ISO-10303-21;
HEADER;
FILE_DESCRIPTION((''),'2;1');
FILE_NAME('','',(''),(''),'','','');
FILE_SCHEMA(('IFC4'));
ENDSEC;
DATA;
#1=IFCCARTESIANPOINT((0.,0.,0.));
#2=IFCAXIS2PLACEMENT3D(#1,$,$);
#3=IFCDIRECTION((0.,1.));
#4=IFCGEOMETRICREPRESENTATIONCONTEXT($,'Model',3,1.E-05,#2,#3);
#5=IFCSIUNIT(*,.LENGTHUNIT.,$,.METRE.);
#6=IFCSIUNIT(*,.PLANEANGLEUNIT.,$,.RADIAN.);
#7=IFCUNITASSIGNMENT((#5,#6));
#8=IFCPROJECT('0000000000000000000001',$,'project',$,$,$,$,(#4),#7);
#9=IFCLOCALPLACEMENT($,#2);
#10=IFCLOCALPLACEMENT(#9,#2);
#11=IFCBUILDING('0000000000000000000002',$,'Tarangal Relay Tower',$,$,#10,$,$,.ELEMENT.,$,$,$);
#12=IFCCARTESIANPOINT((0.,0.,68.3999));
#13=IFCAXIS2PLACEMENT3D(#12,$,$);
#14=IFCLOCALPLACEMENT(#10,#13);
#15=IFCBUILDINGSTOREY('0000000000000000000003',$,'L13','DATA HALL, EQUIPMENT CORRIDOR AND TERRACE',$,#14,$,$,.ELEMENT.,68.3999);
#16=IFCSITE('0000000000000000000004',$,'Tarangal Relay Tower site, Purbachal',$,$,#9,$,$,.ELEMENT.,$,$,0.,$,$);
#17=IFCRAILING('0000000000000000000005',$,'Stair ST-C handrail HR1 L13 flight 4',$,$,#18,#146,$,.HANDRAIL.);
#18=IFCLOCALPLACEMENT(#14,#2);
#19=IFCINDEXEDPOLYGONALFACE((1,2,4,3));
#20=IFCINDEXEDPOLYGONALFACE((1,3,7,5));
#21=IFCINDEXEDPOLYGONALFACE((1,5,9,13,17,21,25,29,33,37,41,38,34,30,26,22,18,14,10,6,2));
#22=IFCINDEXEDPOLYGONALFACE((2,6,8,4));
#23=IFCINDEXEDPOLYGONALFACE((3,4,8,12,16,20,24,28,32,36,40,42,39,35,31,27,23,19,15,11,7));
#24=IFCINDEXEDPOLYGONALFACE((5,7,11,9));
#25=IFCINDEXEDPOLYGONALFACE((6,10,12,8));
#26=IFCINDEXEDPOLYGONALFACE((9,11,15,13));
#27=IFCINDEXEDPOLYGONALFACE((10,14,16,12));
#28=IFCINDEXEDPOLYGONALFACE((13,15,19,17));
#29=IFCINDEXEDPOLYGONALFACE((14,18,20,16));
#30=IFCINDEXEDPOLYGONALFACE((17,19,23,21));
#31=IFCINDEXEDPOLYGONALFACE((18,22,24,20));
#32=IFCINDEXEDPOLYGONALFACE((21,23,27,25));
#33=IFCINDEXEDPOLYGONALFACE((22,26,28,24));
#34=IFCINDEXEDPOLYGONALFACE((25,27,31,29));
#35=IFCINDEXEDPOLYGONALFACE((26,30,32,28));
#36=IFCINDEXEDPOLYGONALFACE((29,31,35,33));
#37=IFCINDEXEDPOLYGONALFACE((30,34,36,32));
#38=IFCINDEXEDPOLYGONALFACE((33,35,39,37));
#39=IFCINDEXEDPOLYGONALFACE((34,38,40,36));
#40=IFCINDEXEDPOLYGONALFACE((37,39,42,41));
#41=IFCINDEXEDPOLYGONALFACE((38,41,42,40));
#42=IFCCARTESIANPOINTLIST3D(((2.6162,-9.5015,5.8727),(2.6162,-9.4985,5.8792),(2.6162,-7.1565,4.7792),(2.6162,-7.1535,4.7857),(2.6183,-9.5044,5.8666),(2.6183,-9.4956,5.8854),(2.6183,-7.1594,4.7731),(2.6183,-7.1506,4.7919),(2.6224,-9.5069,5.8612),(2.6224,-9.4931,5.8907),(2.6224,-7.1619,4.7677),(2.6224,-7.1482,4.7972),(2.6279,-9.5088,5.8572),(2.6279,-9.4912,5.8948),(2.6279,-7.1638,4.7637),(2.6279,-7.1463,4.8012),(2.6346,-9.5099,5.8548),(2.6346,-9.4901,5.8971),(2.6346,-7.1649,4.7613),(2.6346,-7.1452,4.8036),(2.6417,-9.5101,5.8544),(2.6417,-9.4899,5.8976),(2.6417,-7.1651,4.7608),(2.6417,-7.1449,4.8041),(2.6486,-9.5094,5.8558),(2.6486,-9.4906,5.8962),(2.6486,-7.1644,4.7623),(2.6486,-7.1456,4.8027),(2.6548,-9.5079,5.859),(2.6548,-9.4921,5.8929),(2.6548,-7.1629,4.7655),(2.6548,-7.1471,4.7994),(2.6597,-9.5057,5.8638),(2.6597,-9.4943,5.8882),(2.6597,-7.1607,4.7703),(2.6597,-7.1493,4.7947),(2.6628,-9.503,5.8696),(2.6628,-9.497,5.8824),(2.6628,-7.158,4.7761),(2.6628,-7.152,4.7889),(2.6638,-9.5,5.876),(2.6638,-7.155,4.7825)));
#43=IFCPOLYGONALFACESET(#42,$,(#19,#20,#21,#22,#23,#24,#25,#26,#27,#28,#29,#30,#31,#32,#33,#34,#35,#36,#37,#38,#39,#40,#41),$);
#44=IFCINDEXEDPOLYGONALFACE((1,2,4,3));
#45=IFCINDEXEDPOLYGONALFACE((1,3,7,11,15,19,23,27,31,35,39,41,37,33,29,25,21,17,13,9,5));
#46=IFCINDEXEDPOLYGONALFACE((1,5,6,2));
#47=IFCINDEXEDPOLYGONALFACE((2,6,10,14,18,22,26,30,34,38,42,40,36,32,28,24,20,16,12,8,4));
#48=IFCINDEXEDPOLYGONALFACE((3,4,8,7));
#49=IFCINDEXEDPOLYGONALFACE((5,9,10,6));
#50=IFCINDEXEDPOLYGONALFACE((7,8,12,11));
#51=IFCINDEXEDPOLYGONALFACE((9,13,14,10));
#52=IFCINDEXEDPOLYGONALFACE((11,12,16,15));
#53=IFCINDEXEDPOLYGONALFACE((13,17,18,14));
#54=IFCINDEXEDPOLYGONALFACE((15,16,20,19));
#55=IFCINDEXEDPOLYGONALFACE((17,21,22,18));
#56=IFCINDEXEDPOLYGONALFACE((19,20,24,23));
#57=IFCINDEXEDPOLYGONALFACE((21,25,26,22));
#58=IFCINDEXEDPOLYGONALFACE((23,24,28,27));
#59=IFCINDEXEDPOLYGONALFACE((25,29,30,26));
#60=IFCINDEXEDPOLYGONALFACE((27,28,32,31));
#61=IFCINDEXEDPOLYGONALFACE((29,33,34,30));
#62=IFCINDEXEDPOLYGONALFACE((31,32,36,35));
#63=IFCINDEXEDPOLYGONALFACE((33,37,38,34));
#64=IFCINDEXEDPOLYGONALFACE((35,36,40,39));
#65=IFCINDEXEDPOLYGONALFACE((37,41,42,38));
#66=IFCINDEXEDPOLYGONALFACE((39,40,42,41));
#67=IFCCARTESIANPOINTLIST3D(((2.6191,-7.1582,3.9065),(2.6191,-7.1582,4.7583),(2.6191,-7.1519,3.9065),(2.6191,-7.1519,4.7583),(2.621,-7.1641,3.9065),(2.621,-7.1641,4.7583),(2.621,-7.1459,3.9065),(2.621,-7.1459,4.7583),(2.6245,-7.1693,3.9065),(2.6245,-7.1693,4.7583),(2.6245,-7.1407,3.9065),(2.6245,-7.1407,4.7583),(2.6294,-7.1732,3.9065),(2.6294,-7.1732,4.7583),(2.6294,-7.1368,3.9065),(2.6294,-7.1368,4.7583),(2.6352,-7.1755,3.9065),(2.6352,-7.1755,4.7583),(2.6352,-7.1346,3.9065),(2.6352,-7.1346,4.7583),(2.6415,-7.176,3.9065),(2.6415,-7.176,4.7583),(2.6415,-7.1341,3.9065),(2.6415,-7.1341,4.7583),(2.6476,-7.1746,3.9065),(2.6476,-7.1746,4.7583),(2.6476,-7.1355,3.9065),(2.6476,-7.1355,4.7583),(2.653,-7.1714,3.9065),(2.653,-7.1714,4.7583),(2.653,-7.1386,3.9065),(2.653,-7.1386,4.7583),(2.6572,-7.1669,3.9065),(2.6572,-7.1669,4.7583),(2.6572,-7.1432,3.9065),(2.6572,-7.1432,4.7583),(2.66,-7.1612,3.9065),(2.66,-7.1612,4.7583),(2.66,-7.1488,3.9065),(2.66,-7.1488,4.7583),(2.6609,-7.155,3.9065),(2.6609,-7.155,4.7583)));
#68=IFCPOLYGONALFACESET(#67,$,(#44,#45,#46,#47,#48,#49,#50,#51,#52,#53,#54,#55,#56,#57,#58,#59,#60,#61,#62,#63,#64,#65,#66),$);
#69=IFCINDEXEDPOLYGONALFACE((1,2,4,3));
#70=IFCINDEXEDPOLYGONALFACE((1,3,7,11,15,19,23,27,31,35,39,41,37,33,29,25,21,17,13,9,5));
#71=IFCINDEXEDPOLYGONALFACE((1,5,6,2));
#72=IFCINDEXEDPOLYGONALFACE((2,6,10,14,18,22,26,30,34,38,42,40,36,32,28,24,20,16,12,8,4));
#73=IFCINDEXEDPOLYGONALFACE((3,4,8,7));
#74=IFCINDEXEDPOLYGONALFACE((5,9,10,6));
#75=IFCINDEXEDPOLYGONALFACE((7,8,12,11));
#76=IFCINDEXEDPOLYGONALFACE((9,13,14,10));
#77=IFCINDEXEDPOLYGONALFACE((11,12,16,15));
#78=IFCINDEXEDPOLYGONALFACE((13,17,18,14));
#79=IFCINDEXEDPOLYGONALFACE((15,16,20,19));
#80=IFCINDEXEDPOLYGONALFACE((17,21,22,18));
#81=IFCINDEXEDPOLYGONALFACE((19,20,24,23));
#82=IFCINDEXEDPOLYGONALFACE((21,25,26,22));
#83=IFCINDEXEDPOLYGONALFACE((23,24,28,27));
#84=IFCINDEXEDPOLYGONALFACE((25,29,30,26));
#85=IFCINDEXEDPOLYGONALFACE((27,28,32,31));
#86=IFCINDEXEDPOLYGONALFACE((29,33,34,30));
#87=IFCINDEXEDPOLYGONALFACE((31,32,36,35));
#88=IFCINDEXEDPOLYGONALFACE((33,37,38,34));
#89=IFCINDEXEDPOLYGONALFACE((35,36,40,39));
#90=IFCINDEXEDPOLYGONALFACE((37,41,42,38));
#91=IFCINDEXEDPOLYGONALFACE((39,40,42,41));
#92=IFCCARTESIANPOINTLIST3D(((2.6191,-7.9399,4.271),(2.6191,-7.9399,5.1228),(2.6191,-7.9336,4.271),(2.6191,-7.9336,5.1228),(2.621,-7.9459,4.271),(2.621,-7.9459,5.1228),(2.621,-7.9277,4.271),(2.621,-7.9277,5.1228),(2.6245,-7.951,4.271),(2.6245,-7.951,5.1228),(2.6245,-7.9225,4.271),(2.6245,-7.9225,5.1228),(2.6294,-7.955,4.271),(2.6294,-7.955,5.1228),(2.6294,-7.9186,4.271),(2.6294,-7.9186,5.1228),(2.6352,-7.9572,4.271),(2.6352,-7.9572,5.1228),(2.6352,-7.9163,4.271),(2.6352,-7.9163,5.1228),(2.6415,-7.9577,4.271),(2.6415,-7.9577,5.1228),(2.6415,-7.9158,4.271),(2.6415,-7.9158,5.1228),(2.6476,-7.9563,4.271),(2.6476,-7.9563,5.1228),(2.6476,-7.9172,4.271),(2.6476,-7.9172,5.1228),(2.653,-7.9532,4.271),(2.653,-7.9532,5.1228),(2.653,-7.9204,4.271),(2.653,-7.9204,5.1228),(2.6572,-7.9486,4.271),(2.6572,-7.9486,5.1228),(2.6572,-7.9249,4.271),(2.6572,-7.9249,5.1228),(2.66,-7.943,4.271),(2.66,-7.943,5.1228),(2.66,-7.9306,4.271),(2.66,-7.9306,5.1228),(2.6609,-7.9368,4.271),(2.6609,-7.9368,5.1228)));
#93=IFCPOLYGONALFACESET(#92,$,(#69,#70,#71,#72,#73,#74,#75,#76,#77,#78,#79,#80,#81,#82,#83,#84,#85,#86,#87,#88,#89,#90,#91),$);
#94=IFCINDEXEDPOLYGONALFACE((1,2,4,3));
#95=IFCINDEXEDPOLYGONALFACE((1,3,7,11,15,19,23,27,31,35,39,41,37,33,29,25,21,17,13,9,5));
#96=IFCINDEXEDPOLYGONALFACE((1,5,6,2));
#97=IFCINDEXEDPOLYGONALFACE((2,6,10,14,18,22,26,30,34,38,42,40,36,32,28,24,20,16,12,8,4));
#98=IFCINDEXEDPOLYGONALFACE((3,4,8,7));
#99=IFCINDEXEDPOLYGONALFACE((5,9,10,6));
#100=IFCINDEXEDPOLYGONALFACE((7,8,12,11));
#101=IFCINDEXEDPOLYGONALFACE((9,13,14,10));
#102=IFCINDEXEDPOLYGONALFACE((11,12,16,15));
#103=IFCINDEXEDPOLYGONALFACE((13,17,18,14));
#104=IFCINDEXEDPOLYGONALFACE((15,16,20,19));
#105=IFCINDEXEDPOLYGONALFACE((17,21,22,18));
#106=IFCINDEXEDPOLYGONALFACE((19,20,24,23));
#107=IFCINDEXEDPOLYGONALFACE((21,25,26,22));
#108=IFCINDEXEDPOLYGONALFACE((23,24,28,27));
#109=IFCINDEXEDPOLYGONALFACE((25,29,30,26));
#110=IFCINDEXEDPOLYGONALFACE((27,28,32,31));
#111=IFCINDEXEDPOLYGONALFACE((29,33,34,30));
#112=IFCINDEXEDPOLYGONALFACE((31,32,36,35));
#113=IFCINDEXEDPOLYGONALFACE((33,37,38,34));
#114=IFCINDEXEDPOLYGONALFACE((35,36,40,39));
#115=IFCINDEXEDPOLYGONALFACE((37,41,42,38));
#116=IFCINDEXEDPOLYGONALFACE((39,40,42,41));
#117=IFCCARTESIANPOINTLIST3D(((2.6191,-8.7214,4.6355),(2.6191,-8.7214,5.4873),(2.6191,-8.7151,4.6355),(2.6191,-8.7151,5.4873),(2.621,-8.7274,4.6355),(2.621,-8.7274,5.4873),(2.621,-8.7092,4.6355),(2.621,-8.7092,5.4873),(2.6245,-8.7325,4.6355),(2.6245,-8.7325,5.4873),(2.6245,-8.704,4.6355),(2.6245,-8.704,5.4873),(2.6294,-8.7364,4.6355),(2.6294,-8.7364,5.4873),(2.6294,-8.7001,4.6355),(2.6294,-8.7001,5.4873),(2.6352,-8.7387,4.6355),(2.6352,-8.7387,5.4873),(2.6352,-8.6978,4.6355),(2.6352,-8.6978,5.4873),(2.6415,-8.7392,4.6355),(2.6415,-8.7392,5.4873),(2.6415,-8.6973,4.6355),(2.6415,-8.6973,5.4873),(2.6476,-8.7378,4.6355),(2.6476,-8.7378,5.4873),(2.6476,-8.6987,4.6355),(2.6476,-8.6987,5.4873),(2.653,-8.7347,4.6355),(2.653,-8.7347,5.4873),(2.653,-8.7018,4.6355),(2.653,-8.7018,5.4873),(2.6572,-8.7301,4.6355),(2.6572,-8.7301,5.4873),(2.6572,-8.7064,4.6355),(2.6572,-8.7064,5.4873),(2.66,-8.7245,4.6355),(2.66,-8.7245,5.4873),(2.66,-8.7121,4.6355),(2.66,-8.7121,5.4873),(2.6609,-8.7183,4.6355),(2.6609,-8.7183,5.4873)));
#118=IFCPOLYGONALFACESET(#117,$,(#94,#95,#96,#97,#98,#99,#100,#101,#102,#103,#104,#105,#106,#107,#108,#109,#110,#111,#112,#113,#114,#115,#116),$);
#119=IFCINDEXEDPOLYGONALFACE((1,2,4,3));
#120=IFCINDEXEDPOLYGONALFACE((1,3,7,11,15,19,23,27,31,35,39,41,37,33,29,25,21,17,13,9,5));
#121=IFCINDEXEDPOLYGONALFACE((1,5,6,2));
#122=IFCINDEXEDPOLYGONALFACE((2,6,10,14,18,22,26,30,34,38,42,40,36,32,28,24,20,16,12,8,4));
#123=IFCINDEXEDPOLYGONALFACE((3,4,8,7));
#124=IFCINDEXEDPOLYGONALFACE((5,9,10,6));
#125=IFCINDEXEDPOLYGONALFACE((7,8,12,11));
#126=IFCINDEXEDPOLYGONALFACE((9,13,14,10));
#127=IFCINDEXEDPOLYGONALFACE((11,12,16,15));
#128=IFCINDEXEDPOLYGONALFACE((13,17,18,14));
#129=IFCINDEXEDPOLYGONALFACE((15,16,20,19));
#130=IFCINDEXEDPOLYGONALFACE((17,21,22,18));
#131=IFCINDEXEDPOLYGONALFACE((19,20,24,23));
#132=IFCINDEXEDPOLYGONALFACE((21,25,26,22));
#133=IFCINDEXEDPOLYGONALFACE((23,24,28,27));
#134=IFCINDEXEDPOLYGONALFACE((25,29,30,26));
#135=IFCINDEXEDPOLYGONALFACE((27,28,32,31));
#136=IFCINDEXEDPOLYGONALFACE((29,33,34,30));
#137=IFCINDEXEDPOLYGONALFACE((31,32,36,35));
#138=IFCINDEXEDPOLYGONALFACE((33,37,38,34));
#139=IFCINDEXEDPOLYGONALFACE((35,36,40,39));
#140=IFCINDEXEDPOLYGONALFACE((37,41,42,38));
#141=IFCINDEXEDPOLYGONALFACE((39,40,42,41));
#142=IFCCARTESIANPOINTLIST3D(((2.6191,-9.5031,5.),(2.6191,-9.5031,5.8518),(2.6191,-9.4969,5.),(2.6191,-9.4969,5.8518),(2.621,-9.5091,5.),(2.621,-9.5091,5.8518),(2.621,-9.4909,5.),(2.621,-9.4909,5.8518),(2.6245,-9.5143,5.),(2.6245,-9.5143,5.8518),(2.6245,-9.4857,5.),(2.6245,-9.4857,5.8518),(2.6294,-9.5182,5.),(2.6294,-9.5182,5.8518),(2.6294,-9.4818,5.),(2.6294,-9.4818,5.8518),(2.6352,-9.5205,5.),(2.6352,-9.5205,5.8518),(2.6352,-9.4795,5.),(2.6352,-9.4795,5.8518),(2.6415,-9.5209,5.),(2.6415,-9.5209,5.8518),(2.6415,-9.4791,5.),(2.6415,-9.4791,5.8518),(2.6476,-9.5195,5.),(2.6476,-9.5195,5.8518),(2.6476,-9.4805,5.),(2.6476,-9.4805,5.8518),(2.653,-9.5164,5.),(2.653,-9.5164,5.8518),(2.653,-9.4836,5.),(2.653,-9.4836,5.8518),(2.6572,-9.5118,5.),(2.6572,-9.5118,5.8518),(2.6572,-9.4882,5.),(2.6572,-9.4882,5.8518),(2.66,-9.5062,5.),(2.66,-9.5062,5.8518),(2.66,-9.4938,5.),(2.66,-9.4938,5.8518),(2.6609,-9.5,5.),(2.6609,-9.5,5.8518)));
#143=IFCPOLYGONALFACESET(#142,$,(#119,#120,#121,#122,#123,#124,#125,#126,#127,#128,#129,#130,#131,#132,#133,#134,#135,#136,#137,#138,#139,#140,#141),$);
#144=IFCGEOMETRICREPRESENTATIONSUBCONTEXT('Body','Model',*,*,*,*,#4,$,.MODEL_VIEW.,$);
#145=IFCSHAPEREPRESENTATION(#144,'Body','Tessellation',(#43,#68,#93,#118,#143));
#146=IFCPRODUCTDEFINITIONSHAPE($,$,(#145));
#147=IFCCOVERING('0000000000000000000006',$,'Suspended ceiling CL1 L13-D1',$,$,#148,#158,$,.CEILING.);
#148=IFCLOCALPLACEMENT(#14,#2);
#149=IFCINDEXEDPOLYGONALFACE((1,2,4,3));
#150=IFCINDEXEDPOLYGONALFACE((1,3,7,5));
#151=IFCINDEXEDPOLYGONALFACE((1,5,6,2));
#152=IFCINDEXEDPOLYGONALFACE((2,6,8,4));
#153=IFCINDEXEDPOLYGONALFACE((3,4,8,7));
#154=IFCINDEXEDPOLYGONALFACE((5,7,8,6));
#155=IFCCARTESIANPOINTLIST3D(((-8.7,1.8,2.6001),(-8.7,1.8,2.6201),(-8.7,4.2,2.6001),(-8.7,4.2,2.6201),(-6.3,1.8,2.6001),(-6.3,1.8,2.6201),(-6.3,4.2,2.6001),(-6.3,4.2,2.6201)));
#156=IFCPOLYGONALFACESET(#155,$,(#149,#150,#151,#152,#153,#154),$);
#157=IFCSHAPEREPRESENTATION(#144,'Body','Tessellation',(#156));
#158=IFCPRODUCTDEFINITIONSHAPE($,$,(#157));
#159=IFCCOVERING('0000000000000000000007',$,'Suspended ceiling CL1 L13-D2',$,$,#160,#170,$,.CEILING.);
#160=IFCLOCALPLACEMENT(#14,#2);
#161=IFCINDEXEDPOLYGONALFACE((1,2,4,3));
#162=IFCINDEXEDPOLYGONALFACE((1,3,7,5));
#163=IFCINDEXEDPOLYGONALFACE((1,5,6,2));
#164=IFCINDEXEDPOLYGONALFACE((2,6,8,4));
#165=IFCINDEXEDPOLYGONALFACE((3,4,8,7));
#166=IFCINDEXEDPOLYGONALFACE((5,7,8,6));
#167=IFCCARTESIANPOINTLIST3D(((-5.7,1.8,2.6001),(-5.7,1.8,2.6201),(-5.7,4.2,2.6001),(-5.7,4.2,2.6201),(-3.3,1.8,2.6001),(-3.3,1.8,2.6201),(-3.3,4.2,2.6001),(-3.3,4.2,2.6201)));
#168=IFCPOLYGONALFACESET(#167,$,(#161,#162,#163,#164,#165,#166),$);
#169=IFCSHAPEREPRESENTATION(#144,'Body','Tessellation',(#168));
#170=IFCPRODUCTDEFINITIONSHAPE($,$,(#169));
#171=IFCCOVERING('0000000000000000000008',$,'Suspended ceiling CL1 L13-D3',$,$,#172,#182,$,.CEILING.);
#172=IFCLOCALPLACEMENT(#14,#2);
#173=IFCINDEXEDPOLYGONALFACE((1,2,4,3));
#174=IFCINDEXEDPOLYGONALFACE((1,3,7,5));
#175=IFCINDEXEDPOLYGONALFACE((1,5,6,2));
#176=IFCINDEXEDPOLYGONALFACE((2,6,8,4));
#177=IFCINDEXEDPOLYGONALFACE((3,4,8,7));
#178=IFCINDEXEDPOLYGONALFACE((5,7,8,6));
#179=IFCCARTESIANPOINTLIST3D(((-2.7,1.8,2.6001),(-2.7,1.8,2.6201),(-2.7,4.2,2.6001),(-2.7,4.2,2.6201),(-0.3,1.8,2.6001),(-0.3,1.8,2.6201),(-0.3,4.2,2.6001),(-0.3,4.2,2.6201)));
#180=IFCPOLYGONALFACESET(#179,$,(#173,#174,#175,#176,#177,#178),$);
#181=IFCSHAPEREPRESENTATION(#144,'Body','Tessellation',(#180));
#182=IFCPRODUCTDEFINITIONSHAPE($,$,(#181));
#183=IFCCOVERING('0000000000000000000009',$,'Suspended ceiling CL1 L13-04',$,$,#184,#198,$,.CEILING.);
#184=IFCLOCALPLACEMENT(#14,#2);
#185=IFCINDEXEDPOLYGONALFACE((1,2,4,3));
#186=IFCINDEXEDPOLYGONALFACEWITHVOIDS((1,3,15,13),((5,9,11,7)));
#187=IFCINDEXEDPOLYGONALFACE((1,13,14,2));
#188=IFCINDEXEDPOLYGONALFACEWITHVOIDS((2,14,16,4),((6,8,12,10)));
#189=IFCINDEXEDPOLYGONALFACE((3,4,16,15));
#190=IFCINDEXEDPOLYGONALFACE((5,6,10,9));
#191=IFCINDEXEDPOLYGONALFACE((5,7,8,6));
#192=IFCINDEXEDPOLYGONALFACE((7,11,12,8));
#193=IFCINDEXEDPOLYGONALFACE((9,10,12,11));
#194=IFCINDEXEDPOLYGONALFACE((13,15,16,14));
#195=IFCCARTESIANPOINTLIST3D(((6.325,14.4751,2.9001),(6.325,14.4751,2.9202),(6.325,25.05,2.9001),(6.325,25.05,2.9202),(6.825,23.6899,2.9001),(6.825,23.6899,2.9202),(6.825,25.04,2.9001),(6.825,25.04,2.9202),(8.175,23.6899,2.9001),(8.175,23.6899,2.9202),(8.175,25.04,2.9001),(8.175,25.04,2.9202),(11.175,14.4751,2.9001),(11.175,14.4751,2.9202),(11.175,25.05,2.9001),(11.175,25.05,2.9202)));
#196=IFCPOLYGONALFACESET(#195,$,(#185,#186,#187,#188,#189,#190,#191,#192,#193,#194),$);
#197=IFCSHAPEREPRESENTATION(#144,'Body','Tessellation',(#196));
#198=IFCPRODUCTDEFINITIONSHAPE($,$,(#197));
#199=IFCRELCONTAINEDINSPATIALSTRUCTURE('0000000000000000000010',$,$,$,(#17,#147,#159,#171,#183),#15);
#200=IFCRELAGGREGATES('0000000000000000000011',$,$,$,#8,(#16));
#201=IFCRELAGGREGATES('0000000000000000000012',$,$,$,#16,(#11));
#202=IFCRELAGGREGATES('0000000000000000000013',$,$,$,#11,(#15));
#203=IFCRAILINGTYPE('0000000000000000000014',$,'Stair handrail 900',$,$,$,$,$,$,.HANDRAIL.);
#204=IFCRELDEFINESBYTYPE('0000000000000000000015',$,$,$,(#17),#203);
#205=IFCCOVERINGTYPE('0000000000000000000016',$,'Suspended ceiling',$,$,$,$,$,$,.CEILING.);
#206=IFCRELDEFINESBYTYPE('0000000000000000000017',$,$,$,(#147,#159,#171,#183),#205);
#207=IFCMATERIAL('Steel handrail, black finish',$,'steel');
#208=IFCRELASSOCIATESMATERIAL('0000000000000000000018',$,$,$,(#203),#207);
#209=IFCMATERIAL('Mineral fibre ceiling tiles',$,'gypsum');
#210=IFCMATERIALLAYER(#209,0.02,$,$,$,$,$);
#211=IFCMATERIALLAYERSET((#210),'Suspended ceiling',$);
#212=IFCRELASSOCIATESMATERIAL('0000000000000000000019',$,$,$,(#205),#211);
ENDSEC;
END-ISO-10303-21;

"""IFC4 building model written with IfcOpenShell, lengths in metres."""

from ifc_helpers import new_model, si_unit, direction, frame, origin, origin_2d, place, context, subcontext, project, spatial, polyline, circle, outline, extrude, material, layer, layer_set, type_object, element, save


model = new_model("IFC4")

# Units and contexts
model_context = context("Model", 3, precision=1e-05, world=origin(), true_north=direction((0.0, 1.0)))
body_context = subcontext(model_context, "Body", "Model", "MODEL_VIEW")
ifc_project = project(units=[si_unit("LENGTHUNIT", "METRE"), si_unit("PLANEANGLEUNIT", "RADIAN")], contexts=[model_context])

# Site, building, storey
site_placement = place(None, origin())
site = spatial("IfcSite", under=ifc_project, at=site_placement, Name="Tarangal Relay Tower site, Purbachal", CompositionType="ELEMENT", RefElevation=0.0)
building_placement = place(site_placement, origin())
building = spatial("IfcBuilding", under=site, at=building_placement, Name="Tarangal Relay Tower", CompositionType="ELEMENT")
storey_placement = place(building_placement, frame((0.0, 0.0, 68.3999)))
storey = spatial("IfcBuildingStorey", under=building, at=storey_placement, Name="L13", Description="DATA HALL, EQUIPMENT CORRIDOR AND TERRACE", CompositionType="ELEMENT", Elevation=68.3999)

# Railing
ifc_material_1 = material(Name="Steel handrail, black finish", Category="steel")
railing_type_1 = type_object("IfcRailingType", Name="Stair handrail 900", PredefinedType="HANDRAIL", material=ifc_material_1)
for number, where, name in (
    (1, (2.6399, -7.155, 3.9065), "Stair ST-C handrail HR1 L13 flight 4"),
):
    element("IfcRailing", number, at=place(storey_placement, frame(where)), inside=storey, type_object=railing_type_1, Name=name, PredefinedType="HANDRAIL", context=body_context, shape_type="SweptSolid", body=[
        extrude(circle(Radius=0.0239, at=origin_2d()), frame((0.0, 0.0, 0.876), z_axis=(0.0, -0.906304, 0.422627), x_axis=(1.0, 0.0, 0.0)), (0.0, 0.0, 1.0), 2.5874),
        extrude(circle(Radius=0.021, at=origin_2d()), origin(), (0.0, 0.0, 1.0), 0.8518),
        extrude(circle(Radius=0.021, at=origin_2d()), frame((0.0, -0.7817, 0.3645)), (0.0, 0.0, 1.0), 0.8518),
        extrude(circle(Radius=0.021, at=origin_2d()), frame((0.0, -1.5632, 0.729)), (0.0, 0.0, 1.0), 0.8518),
        extrude(circle(Radius=0.021, at=origin_2d()), frame((0.0, -2.345, 1.0935)), (0.0, 0.0, 1.0), 0.8518),
    ])

# Coverings
ifc_material_2 = material(Name="Mineral fibre ceiling tiles", Category="gypsum")
ifc_layer_1 = layer(ifc_material_2, 0.02)
ifc_layer_set_1 = layer_set([ifc_layer_1], Name="Suspended ceiling")
covering_type_1 = type_object("IfcCoveringType", Name="Suspended ceiling", PredefinedType="CEILING", material=ifc_layer_set_1)
covering_1_placement = place(storey_placement, frame((0.0, 0.0, 2.6001)))
element("IfcCovering", 2, at=covering_1_placement, inside=storey, type_object=covering_type_1, Name="Suspended ceiling CL1 L13-D1", PredefinedType="CEILING", context=body_context, shape_type="SweptSolid", body=[
    extrude(outline(polyline([(-8.7, 1.8), (-6.3, 1.8), (-6.3, 4.2), (-8.7, 4.2), (-8.7, 1.8)])), origin(), (0.0, 0.0, 1.0), 0.02),
])
covering_2_placement = place(storey_placement, frame((0.0, 0.0, 2.6001)))
element("IfcCovering", 3, at=covering_2_placement, inside=storey, type_object=covering_type_1, Name="Suspended ceiling CL1 L13-D2", PredefinedType="CEILING", context=body_context, shape_type="SweptSolid", body=[
    extrude(outline(polyline([(-5.7, 1.8), (-3.3, 1.8), (-3.3, 4.2), (-5.7, 4.2), (-5.7, 1.8)])), origin(), (0.0, 0.0, 1.0), 0.02),
])
covering_3_placement = place(storey_placement, frame((0.0, 0.0, 2.6001)))
element("IfcCovering", 4, at=covering_3_placement, inside=storey, type_object=covering_type_1, Name="Suspended ceiling CL1 L13-D3", PredefinedType="CEILING", context=body_context, shape_type="SweptSolid", body=[
    extrude(outline(polyline([(-2.7, 1.8), (-0.3, 1.8), (-0.3, 4.2), (-2.7, 4.2), (-2.7, 1.8)])), origin(), (0.0, 0.0, 1.0), 0.02),
])
covering_4_placement = place(storey_placement, frame((0.0, 0.0, 2.9001)))
element("IfcCovering", 5, at=covering_4_placement, inside=storey, type_object=covering_type_1, Name="Suspended ceiling CL1 L13-04", PredefinedType="CEILING", context=body_context, shape_type="SweptSolid", body=[
    extrude(outline(polyline([(11.175, 25.05), (6.325, 25.05), (6.325, 14.4751), (11.175, 14.4751), (11.175, 25.05)]), holes=[polyline([(8.175, 25.04), (6.825, 25.04), (6.825, 23.6899), (8.175, 23.6899), (8.175, 25.04)])]), origin(), (0.0, 0.0, 1.0), 0.02),
])

save(model, "model.ifc")
